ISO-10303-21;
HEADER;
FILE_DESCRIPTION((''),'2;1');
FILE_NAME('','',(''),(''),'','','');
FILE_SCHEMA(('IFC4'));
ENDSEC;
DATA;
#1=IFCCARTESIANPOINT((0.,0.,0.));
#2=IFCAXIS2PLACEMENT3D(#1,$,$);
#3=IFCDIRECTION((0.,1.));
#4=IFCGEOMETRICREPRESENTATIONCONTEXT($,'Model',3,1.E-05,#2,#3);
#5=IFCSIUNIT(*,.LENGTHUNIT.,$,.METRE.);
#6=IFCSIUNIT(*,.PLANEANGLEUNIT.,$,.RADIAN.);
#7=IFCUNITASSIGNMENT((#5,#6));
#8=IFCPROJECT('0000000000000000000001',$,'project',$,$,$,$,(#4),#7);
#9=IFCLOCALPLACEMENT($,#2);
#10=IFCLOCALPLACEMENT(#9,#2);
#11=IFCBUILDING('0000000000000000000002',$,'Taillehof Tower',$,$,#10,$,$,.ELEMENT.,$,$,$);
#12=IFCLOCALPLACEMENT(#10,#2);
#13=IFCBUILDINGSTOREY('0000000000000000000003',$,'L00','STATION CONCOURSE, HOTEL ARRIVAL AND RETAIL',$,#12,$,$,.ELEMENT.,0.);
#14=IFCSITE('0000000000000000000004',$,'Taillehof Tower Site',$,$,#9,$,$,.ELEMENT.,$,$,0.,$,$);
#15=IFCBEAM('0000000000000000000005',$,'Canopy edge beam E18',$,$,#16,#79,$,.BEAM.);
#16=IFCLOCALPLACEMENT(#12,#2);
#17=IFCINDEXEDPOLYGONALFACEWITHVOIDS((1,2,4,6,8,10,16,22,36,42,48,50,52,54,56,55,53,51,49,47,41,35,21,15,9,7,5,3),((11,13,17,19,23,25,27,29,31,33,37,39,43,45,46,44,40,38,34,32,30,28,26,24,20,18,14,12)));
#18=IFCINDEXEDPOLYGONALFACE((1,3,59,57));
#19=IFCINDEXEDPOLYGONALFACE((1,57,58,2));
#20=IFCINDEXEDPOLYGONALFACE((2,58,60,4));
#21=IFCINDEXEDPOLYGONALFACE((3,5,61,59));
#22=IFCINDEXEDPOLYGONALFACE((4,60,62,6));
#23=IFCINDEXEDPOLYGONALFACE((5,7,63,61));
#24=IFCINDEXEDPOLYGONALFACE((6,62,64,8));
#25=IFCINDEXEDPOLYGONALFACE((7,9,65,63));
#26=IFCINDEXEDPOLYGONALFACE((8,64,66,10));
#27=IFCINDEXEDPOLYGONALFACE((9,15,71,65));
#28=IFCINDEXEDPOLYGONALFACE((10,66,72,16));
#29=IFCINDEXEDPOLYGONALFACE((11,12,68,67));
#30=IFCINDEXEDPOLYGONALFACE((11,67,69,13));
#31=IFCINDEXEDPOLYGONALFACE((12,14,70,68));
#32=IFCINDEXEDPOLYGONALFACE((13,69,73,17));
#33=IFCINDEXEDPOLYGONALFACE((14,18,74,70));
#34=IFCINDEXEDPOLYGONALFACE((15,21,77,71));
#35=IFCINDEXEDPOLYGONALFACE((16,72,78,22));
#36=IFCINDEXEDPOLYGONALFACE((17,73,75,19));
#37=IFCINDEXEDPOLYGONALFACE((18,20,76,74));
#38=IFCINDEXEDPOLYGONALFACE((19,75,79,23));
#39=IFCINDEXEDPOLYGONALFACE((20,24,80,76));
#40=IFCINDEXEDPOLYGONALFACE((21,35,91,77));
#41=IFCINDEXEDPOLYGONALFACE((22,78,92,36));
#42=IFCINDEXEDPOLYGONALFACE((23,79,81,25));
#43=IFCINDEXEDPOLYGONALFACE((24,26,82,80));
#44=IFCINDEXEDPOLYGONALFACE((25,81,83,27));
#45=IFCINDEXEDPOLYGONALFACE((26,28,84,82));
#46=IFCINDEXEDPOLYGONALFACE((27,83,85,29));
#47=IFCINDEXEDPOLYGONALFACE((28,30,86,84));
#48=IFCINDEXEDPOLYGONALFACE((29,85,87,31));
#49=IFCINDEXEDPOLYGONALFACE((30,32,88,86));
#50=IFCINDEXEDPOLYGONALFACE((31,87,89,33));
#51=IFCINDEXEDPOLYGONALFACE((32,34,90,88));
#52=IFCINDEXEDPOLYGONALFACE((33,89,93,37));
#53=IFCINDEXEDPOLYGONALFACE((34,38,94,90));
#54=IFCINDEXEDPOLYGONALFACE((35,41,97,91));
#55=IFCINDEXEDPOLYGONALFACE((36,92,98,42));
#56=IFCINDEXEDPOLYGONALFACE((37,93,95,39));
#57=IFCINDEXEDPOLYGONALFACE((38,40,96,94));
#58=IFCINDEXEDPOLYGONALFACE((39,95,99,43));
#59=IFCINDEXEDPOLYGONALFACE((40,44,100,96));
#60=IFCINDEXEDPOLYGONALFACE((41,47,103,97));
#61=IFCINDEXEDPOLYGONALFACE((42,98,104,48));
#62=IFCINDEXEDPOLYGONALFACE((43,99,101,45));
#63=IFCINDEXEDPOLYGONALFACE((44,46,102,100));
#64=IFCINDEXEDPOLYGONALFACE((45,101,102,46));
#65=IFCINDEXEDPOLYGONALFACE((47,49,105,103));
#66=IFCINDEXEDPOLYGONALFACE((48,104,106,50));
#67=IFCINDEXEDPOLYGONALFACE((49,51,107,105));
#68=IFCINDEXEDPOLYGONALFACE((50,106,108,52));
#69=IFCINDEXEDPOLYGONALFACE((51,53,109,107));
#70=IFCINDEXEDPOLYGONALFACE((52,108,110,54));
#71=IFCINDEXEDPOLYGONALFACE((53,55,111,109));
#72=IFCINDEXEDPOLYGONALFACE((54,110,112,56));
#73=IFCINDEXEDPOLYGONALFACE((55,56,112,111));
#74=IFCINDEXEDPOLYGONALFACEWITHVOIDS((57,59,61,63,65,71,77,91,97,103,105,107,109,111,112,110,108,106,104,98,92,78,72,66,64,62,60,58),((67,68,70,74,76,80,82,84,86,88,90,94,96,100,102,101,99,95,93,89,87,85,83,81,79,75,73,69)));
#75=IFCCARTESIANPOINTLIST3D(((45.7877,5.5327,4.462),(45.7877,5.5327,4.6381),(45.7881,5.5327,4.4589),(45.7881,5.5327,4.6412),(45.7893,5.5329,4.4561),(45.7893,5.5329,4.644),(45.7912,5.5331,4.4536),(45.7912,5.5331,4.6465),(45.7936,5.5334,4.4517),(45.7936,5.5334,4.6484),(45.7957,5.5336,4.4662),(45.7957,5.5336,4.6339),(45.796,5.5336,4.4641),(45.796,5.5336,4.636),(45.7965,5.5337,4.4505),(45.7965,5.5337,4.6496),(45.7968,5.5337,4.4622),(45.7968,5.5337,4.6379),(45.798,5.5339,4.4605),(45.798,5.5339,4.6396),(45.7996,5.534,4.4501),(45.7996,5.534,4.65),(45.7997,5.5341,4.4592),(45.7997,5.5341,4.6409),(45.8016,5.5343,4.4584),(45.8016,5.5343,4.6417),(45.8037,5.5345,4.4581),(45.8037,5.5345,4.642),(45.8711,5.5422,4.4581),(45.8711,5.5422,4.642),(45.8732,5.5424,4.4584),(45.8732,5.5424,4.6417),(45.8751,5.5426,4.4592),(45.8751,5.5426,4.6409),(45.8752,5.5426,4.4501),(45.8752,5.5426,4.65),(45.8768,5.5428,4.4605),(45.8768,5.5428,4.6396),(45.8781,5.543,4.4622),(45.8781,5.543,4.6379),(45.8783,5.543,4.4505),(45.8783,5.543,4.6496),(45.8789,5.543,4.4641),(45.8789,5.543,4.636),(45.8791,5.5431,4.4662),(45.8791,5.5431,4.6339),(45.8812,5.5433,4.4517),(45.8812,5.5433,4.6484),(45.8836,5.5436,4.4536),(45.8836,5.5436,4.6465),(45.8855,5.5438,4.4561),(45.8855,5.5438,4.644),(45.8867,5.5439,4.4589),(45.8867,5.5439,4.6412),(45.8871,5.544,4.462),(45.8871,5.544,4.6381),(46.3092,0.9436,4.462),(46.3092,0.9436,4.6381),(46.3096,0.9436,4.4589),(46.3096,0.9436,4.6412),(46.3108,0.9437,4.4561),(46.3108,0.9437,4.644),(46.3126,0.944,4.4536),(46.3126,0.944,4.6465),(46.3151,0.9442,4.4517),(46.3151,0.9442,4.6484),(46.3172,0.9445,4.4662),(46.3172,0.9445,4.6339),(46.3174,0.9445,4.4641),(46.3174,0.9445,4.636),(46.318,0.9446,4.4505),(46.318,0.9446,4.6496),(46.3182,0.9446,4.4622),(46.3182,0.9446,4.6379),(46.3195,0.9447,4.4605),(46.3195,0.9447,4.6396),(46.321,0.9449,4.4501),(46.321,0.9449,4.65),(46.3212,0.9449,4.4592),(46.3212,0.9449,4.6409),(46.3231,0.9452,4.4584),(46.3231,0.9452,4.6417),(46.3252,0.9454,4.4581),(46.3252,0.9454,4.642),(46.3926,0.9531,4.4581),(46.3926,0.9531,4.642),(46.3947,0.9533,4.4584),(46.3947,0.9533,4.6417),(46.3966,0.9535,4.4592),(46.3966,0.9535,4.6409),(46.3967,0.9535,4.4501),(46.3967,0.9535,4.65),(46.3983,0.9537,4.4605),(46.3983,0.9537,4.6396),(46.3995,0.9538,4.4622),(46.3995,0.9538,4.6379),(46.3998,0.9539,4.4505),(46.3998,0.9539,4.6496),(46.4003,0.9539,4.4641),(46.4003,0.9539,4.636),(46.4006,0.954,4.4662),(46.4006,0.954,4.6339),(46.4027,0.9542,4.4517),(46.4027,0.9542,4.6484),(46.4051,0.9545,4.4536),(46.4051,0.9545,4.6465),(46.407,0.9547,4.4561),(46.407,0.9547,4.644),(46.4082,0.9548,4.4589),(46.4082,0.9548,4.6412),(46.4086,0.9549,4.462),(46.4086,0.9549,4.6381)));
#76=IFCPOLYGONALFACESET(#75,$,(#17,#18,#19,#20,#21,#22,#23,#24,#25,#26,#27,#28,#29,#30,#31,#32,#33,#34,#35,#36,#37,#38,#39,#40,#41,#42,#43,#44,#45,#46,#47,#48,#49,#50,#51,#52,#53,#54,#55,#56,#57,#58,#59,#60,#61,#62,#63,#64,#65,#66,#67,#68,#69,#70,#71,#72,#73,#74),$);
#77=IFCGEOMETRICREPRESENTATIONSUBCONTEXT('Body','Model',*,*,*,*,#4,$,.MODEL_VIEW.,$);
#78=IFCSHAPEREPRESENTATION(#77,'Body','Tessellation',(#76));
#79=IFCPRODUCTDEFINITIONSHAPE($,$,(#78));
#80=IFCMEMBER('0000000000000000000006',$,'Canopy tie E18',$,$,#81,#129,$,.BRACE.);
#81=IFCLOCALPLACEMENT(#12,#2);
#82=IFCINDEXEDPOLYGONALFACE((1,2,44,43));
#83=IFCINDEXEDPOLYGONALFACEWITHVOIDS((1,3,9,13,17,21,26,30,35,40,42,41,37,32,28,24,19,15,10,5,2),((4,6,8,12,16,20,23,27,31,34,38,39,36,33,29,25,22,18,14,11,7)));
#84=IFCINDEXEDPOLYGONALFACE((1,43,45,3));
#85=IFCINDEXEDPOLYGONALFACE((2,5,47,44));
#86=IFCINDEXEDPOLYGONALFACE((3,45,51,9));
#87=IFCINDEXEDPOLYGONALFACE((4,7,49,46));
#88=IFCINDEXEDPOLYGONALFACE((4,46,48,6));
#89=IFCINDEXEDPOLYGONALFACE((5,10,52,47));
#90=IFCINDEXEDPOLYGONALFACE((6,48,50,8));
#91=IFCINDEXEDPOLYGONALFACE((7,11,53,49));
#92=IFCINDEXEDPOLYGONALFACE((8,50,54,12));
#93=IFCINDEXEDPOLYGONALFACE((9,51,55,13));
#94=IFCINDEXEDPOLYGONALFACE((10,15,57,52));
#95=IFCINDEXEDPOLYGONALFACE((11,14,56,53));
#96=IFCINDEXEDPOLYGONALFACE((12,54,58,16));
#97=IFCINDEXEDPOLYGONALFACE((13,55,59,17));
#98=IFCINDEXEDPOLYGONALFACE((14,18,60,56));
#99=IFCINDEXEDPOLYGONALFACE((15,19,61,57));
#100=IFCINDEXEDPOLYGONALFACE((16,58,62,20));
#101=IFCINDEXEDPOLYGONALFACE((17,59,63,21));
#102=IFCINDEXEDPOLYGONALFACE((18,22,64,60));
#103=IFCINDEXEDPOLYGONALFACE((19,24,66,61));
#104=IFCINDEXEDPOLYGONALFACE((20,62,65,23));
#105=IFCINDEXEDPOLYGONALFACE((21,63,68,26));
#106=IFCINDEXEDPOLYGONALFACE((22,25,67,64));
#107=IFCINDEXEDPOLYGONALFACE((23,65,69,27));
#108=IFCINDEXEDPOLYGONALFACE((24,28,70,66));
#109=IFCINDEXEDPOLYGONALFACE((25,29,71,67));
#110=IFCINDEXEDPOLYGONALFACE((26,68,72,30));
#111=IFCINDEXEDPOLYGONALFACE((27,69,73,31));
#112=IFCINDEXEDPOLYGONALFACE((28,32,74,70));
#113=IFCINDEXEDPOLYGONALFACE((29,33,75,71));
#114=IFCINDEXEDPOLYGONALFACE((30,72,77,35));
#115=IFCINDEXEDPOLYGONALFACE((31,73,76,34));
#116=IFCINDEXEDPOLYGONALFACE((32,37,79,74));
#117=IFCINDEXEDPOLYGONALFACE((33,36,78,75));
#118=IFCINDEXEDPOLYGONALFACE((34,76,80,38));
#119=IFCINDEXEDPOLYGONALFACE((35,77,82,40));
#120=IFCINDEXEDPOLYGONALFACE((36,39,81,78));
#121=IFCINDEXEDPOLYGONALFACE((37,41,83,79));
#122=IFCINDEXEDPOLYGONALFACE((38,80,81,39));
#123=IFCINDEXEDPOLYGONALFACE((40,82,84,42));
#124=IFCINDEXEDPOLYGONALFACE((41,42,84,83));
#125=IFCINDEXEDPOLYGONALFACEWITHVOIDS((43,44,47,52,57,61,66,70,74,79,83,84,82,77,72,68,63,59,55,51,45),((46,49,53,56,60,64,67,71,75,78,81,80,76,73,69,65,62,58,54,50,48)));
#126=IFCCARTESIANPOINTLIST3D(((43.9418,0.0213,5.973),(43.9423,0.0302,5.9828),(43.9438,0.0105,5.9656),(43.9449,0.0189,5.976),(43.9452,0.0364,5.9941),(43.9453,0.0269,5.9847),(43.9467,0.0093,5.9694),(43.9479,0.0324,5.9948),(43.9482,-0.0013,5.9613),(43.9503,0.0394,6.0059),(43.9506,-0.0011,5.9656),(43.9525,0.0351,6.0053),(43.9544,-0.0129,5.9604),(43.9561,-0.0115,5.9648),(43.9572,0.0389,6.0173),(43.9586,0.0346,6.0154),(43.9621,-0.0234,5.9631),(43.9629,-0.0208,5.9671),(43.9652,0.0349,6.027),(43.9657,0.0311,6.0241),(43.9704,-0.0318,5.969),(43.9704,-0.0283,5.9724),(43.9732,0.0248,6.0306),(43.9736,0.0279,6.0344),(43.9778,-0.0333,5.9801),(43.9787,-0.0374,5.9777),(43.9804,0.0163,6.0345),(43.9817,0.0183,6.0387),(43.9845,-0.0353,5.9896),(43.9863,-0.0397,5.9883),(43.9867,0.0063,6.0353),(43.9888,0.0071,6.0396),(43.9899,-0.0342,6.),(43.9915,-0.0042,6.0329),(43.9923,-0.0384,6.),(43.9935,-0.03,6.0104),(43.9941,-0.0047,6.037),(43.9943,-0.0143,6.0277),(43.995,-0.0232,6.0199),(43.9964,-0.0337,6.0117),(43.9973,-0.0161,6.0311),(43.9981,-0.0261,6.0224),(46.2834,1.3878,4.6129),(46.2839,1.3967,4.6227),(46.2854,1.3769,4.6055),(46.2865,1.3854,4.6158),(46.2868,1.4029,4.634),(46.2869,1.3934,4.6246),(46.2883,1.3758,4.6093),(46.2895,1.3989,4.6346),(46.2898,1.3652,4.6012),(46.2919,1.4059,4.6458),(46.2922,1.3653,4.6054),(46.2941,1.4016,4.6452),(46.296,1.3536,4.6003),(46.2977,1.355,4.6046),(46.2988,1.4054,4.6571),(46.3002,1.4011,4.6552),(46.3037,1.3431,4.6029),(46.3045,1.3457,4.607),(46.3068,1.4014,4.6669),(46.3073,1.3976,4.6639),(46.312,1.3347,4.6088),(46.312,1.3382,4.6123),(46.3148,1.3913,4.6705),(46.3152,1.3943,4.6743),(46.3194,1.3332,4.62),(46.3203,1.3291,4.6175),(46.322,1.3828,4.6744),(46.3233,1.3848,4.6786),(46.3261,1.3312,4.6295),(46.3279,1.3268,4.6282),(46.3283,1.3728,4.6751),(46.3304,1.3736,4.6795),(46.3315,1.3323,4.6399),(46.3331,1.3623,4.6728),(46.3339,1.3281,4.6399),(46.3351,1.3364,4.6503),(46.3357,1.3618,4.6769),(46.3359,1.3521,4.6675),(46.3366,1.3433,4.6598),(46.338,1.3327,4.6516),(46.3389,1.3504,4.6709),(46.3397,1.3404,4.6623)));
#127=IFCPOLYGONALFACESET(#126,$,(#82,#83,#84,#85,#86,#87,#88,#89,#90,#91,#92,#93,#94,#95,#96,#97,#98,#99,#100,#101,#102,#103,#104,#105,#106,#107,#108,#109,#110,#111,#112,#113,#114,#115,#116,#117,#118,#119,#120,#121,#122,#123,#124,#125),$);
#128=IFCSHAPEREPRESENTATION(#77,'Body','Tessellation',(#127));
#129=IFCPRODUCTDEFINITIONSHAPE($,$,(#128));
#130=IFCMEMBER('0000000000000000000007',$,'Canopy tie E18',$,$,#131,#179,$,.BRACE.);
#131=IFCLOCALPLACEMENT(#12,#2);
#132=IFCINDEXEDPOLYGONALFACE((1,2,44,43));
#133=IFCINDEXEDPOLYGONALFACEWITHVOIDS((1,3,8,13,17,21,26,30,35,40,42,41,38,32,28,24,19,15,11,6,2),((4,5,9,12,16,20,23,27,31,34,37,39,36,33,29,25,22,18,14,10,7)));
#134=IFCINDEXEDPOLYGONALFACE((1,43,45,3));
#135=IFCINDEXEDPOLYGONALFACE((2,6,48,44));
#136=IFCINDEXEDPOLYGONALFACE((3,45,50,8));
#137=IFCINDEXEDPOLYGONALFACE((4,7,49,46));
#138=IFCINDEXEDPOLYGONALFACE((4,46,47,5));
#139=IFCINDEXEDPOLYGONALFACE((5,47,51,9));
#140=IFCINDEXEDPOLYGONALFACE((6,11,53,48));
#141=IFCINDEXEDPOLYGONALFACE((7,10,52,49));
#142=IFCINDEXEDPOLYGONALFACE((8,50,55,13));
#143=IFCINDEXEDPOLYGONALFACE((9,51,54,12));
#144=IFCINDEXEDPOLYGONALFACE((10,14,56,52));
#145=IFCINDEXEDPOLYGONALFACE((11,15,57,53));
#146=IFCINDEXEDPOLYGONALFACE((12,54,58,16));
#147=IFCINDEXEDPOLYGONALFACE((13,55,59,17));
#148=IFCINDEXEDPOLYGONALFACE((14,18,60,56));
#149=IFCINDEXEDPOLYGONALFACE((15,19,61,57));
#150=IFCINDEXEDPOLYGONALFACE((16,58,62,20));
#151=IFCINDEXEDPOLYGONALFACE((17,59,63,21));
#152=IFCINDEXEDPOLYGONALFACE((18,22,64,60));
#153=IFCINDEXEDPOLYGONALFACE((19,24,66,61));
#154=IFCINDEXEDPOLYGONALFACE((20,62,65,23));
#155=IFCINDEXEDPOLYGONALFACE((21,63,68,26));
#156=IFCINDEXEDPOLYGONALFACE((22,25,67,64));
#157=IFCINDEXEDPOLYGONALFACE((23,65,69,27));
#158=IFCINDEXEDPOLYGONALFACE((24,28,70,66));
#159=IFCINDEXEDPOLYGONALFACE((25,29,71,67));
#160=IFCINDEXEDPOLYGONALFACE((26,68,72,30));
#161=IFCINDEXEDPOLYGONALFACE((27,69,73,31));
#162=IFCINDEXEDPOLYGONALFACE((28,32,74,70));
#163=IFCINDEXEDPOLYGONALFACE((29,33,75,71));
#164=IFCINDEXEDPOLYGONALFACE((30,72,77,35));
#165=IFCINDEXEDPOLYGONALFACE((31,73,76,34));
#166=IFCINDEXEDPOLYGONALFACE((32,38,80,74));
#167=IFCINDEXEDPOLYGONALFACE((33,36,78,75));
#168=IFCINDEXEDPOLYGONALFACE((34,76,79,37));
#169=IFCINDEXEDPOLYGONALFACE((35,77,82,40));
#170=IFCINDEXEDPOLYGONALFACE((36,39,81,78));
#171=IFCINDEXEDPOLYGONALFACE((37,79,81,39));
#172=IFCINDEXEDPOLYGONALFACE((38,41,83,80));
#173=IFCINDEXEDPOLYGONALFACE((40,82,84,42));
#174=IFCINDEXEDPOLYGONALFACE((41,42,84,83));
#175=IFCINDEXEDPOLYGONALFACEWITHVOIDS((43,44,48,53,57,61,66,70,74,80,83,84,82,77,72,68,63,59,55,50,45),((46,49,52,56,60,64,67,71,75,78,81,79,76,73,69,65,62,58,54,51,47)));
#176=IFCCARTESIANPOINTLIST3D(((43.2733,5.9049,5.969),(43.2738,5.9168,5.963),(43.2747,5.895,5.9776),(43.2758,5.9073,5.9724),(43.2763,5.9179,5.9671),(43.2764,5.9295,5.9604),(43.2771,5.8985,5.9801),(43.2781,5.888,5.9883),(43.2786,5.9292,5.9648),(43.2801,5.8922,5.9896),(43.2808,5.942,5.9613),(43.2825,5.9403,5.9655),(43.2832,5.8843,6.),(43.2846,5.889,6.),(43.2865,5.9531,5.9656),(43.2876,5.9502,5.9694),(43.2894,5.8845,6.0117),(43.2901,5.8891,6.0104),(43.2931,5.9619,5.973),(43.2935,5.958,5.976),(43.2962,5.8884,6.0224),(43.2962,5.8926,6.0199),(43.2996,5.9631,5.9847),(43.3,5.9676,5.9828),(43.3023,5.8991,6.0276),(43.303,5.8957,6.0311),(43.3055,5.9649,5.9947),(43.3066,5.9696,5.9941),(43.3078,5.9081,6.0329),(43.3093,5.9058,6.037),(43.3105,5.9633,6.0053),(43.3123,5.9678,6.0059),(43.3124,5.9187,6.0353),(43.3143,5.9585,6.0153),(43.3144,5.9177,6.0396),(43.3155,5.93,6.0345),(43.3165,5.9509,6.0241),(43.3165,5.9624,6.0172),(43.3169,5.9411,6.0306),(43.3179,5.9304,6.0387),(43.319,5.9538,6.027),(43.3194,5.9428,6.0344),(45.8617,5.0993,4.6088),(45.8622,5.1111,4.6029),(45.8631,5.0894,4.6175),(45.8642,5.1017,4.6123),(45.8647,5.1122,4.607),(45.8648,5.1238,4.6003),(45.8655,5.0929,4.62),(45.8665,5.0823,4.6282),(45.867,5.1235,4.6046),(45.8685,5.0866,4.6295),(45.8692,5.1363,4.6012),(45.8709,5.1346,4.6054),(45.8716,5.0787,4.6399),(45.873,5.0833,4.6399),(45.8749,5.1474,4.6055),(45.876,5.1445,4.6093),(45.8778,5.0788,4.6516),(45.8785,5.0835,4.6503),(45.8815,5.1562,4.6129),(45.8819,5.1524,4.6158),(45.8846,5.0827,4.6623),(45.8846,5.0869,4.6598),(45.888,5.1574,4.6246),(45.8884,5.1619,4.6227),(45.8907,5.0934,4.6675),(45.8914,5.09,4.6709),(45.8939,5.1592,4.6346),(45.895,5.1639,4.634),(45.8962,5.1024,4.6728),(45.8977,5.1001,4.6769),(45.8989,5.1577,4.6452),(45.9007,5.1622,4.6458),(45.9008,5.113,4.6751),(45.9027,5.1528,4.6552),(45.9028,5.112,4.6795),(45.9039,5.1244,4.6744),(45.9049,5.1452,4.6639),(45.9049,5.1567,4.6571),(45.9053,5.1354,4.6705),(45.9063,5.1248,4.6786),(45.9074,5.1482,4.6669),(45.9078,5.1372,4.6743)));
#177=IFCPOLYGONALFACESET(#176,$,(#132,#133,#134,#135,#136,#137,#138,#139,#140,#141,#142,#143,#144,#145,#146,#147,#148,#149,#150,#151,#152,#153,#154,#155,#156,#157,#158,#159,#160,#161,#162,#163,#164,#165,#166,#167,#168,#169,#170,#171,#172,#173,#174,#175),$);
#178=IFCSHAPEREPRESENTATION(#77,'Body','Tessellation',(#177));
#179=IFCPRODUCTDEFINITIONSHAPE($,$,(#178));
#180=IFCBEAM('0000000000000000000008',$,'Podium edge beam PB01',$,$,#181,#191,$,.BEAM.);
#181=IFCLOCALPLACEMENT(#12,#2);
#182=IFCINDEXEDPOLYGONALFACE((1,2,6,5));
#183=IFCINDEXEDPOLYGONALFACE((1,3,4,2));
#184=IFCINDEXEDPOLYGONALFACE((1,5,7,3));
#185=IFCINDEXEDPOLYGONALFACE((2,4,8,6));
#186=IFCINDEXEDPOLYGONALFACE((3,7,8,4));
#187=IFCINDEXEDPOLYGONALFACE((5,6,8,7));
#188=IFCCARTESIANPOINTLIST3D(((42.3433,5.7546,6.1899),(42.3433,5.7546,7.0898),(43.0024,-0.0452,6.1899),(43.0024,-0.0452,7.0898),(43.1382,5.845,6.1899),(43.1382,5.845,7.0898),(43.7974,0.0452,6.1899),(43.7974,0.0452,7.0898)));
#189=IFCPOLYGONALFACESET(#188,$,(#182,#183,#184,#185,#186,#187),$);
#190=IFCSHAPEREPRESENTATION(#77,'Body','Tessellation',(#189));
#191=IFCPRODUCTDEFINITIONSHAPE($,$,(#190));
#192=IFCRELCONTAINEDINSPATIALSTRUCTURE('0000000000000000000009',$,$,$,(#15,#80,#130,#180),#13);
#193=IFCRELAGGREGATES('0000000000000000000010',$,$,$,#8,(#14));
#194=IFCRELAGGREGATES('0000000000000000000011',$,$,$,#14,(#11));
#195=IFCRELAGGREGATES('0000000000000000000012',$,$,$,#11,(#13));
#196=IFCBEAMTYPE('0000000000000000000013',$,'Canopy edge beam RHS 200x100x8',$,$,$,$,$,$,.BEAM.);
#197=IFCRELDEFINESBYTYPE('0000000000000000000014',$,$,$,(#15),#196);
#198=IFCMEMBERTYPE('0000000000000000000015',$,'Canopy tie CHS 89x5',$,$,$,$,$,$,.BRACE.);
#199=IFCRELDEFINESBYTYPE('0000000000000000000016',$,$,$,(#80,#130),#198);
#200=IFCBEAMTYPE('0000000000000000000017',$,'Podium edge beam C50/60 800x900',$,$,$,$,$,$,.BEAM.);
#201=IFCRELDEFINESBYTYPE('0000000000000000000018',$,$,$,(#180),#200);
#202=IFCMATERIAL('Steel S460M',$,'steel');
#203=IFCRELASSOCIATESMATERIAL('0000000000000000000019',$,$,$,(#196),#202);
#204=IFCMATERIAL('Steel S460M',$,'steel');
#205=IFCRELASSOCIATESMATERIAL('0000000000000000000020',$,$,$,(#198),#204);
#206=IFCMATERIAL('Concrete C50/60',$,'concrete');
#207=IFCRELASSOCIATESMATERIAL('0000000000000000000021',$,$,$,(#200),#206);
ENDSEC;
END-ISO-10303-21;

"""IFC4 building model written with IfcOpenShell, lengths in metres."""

from ifc_helpers import new_model, si_unit, direction, frame, origin, origin_2d, place, context, subcontext, project, spatial, rectangle, hollow_rectangle, hollow_circle, extrude, material, material_profile, profile_set, type_object, element, save


model = new_model("IFC4")

# Units and contexts
model_context = context("Model", 3, precision=1e-05, world=origin(), true_north=direction((0.0, 1.0)))
body_context = subcontext(model_context, "Body", "Model", "MODEL_VIEW")
ifc_project = project(units=[si_unit("LENGTHUNIT", "METRE"), si_unit("PLANEANGLEUNIT", "RADIAN")], contexts=[model_context])

# Site, building, storey
site_placement = place(None, origin())
site = spatial("IfcSite", under=ifc_project, at=site_placement, Name="Taillehof Tower Site", CompositionType="ELEMENT", RefElevation=0.0)
building_placement = place(site_placement, origin())
building = spatial("IfcBuilding", under=site, at=building_placement, Name="Taillehof Tower", CompositionType="ELEMENT")
storey_placement = place(building_placement, origin())
storey = spatial("IfcBuildingStorey", under=building, at=storey_placement, Name="L00", Description="STATION CONCOURSE, HOTEL ARRIVAL AND RETAIL", CompositionType="ELEMENT", Elevation=0.0)

# Beam
ifc_material_1 = material(Name="Steel S460M", Category="steel")
ifc_material_profile_1 = material_profile(ifc_material_1, hollow_rectangle(XDim=0.1001, YDim=0.2, WallThickness=0.0081, InnerFilletRadius=0.0081, OuterFilletRadius=0.012, at=origin_2d()), Name="RHS 200x100x8")
ifc_profile_set_1 = profile_set([ifc_material_profile_1], Name="Steel S460M")
beam_type_1 = type_object("IfcBeamType", Name="Canopy edge beam RHS 200x100x8", PredefinedType="BEAM", material=ifc_profile_set_1)
beam_1_placement = place(storey_placement, frame((46.3589, 0.9492, 4.55), z_axis=(-0.112909, 0.993605, 0.0), x_axis=(-0.993605, -0.112909, 0.0)))
element("IfcBeam", 1, at=beam_1_placement, inside=storey, type_object=beam_type_1, Name="Canopy edge beam E18", PredefinedType="BEAM", context=body_context, shape_type="SweptSolid", body=[
    extrude(hollow_rectangle(XDim=0.1001, YDim=0.2, WallThickness=0.0081, InnerFilletRadius=0.0081, OuterFilletRadius=0.012, at=origin_2d()), origin(), (0.0, 0.0, 1.0), 4.6187),
])

# Members
ifc_material_2 = material(Name="Steel S460M", Category="steel")
ifc_material_profile_2 = material_profile(ifc_material_2, hollow_circle(Radius=0.0444, WallThickness=0.0049, at=origin_2d()), Name="CHS 89x5")
ifc_profile_set_2 = profile_set([ifc_material_profile_2], Name="Steel S460M")
member_type = type_object("IfcMemberType", Name="Canopy tie CHS 89x5", PredefinedType="BRACE", material=ifc_profile_set_2)
member_1_placement = place(storey_placement, frame((46.3115, 1.3665, 4.6399), z_axis=(-0.771989, -0.450508, 0.448415), x_axis=(0.504022, -0.863691, 0.0)))
element("IfcMember", 2, at=member_1_placement, inside=storey, type_object=member_type, Name="Canopy tie E18", PredefinedType="BRACE", context=body_context, shape_type="SweptSolid", body=[
    extrude(hollow_circle(Radius=0.0444, WallThickness=0.0049, at=origin_2d()), origin(), (0.0, 0.0, 1.0), 3.0332),
])
member_2_placement = place(storey_placement, frame((45.8848, 5.1211, 4.6399), z_axis=(-0.853424, 0.265638, 0.448446), x_axis=(-0.297198, -0.954816, 0.0)))
element("IfcMember", 3, at=member_2_placement, inside=storey, type_object=member_type, Name="Canopy tie E18", PredefinedType="BRACE", context=body_context, shape_type="SweptSolid", body=[
    extrude(hollow_circle(Radius=0.0444, WallThickness=0.0049, at=origin_2d()), origin(), (0.0, 0.0, 1.0), 3.033),
])

# Beam
ifc_material_3 = material(Name="Concrete C50/60", Category="concrete")
ifc_material_profile_3 = material_profile(ifc_material_3, rectangle(XDim=0.8, YDim=0.8999, at=origin_2d()), Name="RC 800x900")
ifc_profile_set_3 = profile_set([ifc_material_profile_3], Name="Concrete C50/60")
beam_type_2 = type_object("IfcBeamType", Name="Podium edge beam C50/60 800x900", PredefinedType="BEAM", material=ifc_profile_set_3)
beam_2_placement = place(storey_placement, frame((43.3999, 0.0, 6.6399), z_axis=(-0.112928, 0.993603, 0.0), x_axis=(-0.993603, -0.112928, 0.0)))
element("IfcBeam", 4, at=beam_2_placement, inside=storey, type_object=beam_type_2, Name="Podium edge beam PB01", PredefinedType="BEAM", context=body_context, shape_type="SweptSolid", body=[
    extrude(rectangle(XDim=0.8, YDim=0.8999, at=origin_2d()), origin(), (0.0, 0.0, 1.0), 5.8372),
])

save(model, "model.ifc")
